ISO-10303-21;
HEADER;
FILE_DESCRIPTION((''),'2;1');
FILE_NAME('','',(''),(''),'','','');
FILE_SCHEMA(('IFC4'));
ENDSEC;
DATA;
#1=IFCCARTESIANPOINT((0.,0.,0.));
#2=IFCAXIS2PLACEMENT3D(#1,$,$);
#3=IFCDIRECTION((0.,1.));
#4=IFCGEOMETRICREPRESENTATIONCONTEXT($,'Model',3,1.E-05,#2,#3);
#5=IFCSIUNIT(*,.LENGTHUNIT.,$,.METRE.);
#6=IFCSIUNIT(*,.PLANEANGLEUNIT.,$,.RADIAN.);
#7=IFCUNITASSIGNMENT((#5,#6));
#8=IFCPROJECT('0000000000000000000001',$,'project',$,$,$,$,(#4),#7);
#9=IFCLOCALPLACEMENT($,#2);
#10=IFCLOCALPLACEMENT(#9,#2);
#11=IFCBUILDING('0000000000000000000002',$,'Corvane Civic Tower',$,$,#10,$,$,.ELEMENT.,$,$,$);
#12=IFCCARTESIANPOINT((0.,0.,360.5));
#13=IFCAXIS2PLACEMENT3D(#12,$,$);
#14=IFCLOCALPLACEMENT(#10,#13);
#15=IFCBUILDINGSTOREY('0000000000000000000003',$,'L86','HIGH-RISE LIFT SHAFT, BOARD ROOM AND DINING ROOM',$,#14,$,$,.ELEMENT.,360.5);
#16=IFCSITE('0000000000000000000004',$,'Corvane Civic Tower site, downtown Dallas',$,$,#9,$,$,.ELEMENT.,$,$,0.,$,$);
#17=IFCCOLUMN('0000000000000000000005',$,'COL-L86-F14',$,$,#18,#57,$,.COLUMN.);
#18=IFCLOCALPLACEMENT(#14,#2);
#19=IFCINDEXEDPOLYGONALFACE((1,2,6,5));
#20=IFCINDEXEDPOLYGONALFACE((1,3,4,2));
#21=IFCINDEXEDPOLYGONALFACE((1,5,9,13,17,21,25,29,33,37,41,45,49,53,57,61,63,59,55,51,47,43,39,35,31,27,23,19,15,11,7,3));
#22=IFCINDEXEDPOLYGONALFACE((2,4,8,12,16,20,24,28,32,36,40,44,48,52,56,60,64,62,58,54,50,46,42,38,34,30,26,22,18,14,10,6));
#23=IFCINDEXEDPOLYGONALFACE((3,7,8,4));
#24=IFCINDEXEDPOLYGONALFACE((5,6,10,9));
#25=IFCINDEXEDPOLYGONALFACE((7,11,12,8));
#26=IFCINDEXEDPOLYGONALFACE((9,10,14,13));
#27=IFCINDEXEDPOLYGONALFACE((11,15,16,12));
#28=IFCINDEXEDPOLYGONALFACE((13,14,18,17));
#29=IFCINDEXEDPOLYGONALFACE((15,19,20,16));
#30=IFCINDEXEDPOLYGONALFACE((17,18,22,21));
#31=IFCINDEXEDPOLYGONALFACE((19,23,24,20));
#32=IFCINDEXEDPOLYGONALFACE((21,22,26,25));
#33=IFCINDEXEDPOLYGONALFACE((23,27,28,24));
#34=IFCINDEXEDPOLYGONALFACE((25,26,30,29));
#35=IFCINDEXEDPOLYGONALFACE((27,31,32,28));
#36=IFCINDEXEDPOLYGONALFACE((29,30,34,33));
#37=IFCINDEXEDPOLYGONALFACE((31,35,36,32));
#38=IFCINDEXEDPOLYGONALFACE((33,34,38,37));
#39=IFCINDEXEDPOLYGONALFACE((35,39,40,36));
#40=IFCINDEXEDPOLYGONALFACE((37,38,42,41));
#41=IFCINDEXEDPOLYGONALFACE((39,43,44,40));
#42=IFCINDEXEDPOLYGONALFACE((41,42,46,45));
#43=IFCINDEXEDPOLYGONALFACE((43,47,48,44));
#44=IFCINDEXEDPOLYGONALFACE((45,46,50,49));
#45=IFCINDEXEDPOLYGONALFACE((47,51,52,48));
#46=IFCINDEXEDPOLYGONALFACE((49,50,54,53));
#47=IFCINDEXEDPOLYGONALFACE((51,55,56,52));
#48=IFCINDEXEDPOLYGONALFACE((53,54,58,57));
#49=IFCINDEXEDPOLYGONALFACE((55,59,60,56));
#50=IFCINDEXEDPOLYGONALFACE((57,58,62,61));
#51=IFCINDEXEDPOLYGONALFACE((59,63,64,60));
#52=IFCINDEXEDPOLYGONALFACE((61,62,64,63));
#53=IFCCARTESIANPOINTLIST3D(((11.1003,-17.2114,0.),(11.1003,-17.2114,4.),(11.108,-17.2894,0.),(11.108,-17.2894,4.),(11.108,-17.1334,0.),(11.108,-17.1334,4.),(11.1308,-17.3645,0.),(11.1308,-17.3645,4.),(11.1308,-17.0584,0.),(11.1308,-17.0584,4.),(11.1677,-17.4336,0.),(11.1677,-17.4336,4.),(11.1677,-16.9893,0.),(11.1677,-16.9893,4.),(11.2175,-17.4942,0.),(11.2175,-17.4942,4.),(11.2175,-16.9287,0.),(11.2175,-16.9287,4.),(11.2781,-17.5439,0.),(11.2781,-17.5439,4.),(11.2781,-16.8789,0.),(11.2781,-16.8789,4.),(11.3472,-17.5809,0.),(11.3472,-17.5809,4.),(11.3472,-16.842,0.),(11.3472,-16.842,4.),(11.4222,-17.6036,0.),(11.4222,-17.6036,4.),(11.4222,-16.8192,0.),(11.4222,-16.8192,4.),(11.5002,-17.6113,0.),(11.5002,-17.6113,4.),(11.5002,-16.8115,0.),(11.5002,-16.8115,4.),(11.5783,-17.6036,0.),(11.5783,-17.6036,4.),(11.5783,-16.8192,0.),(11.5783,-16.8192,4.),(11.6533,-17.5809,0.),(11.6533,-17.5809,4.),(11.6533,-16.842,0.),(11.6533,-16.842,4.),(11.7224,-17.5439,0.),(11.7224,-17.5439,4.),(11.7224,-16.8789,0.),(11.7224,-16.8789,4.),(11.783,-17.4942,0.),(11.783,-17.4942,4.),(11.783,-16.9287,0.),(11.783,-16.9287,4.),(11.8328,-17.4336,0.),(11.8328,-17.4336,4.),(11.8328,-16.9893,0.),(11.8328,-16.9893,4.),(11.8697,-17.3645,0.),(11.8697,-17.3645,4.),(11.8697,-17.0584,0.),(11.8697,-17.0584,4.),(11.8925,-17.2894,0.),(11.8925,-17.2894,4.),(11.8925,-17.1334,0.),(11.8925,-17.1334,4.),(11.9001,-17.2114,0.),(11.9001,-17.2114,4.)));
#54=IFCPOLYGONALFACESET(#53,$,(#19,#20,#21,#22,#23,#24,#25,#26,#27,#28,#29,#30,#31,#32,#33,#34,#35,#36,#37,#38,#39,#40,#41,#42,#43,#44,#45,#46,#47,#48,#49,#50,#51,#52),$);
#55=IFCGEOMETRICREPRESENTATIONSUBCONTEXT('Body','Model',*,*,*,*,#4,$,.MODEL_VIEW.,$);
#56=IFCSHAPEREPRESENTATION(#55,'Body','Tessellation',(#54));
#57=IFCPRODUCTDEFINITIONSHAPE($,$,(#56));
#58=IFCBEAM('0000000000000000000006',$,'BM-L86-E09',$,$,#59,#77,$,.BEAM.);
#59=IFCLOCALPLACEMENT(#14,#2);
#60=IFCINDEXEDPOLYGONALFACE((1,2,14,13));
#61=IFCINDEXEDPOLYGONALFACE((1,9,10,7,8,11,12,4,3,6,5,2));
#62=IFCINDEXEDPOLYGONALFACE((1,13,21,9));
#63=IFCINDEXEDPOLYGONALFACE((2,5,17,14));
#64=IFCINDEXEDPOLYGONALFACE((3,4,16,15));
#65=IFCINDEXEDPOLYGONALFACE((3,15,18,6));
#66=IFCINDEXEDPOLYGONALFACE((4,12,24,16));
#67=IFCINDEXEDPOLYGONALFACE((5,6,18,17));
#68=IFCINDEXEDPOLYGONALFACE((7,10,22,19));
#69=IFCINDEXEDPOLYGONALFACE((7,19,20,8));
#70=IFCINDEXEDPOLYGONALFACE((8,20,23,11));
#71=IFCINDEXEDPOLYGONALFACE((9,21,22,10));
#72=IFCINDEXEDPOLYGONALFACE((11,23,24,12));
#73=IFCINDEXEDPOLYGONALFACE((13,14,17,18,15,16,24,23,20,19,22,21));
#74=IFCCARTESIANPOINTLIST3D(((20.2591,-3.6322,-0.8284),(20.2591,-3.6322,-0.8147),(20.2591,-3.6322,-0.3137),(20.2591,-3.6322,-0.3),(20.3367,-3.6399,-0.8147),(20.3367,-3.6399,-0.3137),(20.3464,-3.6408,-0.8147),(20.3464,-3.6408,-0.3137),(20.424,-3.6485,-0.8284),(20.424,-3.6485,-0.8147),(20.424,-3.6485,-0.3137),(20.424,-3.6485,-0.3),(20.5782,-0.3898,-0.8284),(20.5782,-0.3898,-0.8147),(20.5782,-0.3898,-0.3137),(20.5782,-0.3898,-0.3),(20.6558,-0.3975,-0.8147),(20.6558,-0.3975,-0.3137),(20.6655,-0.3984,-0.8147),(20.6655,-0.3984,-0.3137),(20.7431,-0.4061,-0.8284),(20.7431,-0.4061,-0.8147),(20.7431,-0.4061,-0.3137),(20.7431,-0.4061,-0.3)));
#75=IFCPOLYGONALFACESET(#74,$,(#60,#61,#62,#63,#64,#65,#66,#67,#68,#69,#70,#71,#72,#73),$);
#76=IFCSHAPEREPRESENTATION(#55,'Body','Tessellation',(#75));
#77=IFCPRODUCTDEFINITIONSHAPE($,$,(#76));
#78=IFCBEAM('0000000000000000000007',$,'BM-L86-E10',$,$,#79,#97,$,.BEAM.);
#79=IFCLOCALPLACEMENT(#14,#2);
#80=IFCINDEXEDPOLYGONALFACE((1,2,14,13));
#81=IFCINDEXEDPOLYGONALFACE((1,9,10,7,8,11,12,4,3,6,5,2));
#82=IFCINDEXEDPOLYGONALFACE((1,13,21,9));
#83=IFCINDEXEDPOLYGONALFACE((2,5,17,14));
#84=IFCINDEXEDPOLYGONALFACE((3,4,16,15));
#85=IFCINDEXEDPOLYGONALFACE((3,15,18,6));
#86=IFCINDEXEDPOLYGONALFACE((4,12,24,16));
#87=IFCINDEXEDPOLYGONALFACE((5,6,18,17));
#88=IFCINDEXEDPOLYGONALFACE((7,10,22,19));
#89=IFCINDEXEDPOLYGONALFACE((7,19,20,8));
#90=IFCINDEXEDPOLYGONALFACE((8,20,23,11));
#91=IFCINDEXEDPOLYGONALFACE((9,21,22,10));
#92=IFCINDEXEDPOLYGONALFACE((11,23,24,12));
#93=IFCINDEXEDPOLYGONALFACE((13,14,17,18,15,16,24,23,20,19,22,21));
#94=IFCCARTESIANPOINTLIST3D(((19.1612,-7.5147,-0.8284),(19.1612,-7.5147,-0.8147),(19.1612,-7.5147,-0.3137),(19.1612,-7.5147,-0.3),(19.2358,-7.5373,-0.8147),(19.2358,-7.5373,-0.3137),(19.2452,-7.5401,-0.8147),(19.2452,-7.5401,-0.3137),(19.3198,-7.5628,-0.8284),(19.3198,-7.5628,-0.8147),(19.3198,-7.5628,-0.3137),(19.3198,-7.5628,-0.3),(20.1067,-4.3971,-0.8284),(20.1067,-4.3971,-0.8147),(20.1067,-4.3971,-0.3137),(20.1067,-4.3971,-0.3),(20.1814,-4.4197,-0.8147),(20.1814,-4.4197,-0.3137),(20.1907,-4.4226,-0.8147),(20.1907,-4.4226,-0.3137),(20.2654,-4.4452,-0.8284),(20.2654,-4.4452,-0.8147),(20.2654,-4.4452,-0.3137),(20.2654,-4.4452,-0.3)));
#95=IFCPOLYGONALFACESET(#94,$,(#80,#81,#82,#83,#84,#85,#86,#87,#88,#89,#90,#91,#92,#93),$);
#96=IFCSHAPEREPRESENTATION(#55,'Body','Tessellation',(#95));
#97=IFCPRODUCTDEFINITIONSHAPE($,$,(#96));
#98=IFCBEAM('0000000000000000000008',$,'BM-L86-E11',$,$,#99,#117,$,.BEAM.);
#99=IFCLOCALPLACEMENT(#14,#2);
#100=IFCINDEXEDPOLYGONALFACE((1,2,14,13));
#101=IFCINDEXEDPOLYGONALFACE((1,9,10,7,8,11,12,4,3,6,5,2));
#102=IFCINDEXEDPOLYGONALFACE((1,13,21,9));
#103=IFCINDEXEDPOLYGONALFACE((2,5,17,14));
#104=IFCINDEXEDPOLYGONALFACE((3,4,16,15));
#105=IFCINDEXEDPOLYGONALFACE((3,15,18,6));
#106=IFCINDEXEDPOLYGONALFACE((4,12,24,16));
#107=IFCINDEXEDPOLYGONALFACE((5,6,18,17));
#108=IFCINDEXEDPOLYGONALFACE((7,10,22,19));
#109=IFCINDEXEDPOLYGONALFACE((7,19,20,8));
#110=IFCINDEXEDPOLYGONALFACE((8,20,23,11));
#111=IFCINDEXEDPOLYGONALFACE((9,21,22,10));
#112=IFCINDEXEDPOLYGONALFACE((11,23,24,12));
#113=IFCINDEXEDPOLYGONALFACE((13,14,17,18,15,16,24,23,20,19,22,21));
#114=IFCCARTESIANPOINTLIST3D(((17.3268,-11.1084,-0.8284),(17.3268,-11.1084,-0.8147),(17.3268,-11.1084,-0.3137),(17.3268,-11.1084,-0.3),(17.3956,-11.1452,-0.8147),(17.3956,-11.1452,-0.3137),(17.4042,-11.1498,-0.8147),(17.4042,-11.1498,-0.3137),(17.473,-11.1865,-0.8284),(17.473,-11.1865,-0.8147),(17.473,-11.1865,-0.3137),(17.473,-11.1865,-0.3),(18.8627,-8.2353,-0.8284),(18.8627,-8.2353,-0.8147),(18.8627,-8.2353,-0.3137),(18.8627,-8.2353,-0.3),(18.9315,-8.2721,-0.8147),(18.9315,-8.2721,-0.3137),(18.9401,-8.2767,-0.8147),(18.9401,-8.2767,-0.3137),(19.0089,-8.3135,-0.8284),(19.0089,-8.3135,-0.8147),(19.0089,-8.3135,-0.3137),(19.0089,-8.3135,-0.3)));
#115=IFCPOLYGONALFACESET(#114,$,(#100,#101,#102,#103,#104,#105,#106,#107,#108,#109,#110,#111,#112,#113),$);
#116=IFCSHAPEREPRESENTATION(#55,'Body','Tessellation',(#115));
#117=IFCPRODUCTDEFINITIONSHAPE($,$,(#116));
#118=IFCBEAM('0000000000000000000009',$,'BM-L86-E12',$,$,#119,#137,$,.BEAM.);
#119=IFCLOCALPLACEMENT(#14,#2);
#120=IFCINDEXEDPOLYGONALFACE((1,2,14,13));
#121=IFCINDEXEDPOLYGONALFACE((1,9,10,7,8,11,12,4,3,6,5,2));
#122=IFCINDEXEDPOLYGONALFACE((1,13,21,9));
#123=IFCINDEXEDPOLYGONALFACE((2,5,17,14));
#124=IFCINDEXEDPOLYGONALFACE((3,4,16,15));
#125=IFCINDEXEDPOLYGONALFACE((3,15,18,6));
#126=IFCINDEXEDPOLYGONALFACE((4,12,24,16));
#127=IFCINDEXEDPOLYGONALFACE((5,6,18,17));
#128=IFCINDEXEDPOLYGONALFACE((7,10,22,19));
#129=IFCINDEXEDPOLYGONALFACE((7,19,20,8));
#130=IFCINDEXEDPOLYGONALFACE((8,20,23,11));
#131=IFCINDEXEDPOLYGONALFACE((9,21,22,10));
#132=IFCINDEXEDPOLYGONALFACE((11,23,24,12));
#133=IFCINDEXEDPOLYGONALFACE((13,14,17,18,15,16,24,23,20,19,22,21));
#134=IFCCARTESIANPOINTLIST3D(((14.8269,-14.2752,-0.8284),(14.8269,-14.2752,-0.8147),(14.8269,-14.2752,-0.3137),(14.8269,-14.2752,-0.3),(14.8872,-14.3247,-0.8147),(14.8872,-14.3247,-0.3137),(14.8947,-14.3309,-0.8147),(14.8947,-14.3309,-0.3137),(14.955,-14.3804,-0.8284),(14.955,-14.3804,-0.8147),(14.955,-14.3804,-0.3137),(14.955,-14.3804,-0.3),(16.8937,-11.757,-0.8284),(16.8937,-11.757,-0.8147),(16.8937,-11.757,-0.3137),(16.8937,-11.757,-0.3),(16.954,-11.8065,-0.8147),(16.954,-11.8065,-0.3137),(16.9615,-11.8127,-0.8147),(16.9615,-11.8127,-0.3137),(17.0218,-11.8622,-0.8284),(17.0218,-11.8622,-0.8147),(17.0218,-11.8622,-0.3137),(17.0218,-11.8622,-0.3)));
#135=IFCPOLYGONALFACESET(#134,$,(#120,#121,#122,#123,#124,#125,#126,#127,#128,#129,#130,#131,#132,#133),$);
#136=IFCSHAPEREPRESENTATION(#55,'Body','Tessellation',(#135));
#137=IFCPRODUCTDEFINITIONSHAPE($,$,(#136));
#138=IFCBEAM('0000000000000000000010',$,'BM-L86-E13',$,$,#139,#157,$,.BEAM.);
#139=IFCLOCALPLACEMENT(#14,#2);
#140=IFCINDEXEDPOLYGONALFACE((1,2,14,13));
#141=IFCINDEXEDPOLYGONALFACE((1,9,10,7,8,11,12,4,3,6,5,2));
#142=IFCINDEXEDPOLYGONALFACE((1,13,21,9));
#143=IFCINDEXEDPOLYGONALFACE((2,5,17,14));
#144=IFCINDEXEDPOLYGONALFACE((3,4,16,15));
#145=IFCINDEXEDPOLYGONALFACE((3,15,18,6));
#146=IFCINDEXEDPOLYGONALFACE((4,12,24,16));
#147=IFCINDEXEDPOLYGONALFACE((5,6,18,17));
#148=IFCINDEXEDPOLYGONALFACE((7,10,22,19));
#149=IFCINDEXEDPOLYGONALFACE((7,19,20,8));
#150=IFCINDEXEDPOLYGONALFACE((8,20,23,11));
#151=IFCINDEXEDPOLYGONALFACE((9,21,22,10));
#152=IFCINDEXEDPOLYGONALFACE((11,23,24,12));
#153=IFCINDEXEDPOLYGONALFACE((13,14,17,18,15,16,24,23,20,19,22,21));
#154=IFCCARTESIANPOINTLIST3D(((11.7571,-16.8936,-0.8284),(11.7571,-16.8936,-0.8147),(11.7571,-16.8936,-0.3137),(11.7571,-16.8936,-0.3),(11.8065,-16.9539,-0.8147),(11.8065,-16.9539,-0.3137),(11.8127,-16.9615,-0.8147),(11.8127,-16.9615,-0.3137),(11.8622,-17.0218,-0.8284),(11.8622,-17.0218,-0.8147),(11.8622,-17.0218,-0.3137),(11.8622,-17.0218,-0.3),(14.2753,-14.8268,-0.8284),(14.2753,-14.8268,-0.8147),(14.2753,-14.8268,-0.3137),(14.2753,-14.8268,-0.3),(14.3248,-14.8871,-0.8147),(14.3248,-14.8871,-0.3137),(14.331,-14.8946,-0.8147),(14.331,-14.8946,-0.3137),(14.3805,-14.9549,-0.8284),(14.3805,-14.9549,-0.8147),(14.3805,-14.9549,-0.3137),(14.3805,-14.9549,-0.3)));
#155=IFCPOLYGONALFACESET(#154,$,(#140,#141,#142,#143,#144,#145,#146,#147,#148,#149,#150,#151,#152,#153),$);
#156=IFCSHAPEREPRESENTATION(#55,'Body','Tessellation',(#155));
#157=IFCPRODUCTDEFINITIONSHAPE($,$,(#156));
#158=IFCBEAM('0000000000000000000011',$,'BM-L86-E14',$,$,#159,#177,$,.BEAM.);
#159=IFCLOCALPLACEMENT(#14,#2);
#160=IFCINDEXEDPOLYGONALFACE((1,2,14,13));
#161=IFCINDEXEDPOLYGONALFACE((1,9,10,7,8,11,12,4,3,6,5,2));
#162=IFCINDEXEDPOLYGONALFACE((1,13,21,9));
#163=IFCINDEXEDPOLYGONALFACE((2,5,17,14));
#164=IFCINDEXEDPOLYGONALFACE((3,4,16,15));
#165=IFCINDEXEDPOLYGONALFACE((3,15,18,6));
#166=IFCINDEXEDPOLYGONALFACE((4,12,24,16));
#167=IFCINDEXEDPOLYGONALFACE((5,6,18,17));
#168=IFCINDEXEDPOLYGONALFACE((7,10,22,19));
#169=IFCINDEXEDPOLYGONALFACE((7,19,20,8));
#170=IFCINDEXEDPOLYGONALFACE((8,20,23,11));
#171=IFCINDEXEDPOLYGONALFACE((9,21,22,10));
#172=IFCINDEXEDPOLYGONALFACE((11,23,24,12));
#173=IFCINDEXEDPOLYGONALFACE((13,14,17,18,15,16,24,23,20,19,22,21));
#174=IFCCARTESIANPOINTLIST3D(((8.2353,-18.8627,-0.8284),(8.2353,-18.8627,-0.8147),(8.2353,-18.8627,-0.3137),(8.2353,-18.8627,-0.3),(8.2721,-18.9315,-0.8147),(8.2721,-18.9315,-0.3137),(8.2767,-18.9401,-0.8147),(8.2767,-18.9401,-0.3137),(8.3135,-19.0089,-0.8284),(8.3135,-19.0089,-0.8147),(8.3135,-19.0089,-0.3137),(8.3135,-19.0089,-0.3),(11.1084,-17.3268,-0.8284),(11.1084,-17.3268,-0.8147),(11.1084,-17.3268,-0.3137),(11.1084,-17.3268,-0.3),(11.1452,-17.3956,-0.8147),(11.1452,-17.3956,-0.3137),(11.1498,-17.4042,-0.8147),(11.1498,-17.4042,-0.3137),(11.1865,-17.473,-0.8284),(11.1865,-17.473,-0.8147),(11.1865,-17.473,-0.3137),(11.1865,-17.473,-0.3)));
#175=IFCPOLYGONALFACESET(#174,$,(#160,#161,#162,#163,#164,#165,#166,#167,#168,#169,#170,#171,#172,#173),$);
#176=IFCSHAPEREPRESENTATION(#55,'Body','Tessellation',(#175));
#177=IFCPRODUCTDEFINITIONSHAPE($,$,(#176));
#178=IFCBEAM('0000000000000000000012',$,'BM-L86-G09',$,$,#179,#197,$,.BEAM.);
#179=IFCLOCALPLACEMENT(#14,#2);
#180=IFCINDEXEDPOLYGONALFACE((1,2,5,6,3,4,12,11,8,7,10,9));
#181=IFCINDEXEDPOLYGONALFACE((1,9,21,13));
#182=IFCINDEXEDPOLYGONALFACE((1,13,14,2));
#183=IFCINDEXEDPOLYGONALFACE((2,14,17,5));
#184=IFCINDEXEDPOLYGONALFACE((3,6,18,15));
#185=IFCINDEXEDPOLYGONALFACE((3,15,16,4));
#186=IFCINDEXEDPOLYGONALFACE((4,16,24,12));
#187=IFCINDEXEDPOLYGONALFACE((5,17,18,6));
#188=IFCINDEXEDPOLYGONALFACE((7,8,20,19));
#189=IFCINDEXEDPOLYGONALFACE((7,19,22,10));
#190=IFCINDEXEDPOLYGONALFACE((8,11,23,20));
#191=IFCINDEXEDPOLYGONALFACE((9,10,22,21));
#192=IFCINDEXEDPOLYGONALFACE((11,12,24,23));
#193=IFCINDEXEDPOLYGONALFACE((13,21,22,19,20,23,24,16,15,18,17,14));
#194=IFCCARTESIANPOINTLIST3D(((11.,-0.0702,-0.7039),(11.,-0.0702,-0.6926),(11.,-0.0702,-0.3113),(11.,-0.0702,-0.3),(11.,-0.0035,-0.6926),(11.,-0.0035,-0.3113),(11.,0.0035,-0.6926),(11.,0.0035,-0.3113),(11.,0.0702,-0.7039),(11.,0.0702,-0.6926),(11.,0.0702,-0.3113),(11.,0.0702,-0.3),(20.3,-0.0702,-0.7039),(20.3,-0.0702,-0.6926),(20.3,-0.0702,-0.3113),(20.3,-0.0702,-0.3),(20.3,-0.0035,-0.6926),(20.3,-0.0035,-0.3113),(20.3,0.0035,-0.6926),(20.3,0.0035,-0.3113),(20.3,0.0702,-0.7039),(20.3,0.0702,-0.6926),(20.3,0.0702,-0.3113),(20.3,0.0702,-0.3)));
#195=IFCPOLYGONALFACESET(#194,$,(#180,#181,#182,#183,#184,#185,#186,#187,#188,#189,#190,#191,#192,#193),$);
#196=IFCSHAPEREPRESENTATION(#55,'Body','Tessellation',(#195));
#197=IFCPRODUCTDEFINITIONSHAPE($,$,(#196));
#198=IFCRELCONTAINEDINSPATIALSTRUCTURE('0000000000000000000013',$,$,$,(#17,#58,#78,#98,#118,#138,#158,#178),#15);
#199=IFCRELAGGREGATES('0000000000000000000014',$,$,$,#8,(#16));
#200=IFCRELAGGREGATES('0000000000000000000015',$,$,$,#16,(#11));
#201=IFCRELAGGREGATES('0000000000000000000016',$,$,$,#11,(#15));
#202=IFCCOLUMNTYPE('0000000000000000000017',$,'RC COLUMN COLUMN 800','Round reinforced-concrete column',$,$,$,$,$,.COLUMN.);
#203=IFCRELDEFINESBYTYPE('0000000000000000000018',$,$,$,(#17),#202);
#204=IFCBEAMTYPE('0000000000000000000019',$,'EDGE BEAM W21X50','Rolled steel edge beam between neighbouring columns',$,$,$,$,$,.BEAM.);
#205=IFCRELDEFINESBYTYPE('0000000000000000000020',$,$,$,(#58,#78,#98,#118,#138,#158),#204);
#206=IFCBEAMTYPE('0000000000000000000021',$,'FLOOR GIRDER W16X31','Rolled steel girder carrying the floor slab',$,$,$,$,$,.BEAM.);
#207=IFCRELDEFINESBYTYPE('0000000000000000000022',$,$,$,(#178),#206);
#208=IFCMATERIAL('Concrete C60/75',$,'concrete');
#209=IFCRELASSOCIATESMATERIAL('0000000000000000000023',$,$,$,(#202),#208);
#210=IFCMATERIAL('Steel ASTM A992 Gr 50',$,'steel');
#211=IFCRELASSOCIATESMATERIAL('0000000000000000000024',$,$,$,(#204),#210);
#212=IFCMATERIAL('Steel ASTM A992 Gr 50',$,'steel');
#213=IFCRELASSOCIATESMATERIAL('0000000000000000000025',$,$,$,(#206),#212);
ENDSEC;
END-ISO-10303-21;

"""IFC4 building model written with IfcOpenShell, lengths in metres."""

from ifc_helpers import new_model, si_unit, direction, frame, origin, origin_2d, place, context, subcontext, project, spatial, circle, i_section, extrude, material, material_profile, profile_set, type_object, element, save


model = new_model("IFC4")

# Units and contexts
model_context = context("Model", 3, precision=1e-05, world=origin(), true_north=direction((0.0, 1.0)))
body_context = subcontext(model_context, "Body", "Model", "MODEL_VIEW")
ifc_project = project(units=[si_unit("LENGTHUNIT", "METRE"), si_unit("PLANEANGLEUNIT", "RADIAN")], contexts=[model_context])

# Site, building, storey
site_placement = place(None, origin())
site = spatial("IfcSite", under=ifc_project, at=site_placement, Name="Corvane Civic Tower site, downtown Dallas", CompositionType="ELEMENT", RefElevation=0.0)
building_placement = place(site_placement, origin())
building = spatial("IfcBuilding", under=site, at=building_placement, Name="Corvane Civic Tower", CompositionType="ELEMENT")
storey_placement = place(building_placement, frame((0.0, 0.0, 360.5)))
storey = spatial("IfcBuildingStorey", under=building, at=storey_placement, Name="L86", Description="HIGH-RISE LIFT SHAFT, BOARD ROOM AND DINING ROOM", CompositionType="ELEMENT", Elevation=360.5)

# Column
ifc_material_1 = material(Name="Concrete C60/75", Category="concrete")
ifc_material_profile_1 = material_profile(ifc_material_1, circle(Radius=0.3999, at=origin_2d()), Name="COLUMN 800")
ifc_profile_set_1 = profile_set([ifc_material_profile_1], Name="Concrete C60/75")
column_type = type_object("IfcColumnType", Name="RC COLUMN COLUMN 800", Description="Round reinforced-concrete column", PredefinedType="COLUMN", material=ifc_profile_set_1)
for number, where, z_axis, x_axis, name in (
    (1, (11.5002, -17.2114, 0.0), (0.0, 0.0, 1.0), (1.0, 0.0, 0.0), "COL-L86-F14"),
):
    element("IfcColumn", number, at=place(storey_placement, frame(where, z_axis=z_axis, x_axis=x_axis)), inside=storey, type_object=column_type, Name=name, PredefinedType="COLUMN", context=body_context, shape_type="SweptSolid", body=[
        extrude(circle(Radius=0.3999, at=origin_2d()), origin(), (0.0, 0.0, 1.0), 4.0),
    ])

# Beams
ifc_material_2 = material(Name="Steel ASTM A992 Gr 50", Category="steel")
ifc_material_profile_2 = material_profile(ifc_material_2, i_section(OverallWidth=0.1658, OverallDepth=0.5283, WebThickness=0.0098, FlangeThickness=0.0137, at=origin_2d()), Name="W21X50")
ifc_profile_set_2 = profile_set([ifc_material_profile_2], Name="Steel ASTM A992 Gr 50")
beam_type_1 = type_object("IfcBeamType", Name="EDGE BEAM W21X50", Description="Rolled steel edge beam between neighbouring columns", PredefinedType="BEAM", material=ifc_profile_set_2)
beam_1_placement = place(storey_placement, frame((20.6606, -0.3979, -0.5642), z_axis=(-0.097938, -0.995193, 0.0), x_axis=(0.995193, -0.097938, 0.0)))
element("IfcBeam", 2, at=beam_1_placement, inside=storey, type_object=beam_type_1, Name="BM-L86-E09", PredefinedType="BEAM", context=body_context, shape_type="SweptSolid", body=[
    extrude(i_section(OverallWidth=0.1658, OverallDepth=0.5283, WebThickness=0.0098, FlangeThickness=0.0137, at=origin_2d()), origin(), (0.0, 0.0, 1.0), 3.2581),
])
for number, where, z_axis, x_axis, name in (
    (3, (20.186, -4.4211, -0.5642), (-0.290234, -0.956956, 0.0), (0.956956, -0.290234, 0.0), "BM-L86-E10"),
    (4, (18.9358, -8.2744, -0.5642), (-0.471448, -0.881894, 0.0), (0.881894, -0.471448, 0.0), "BM-L86-E11"),
    (5, (16.9578, -11.8096, -0.5642), (-0.634425, -0.772985, 0.0), (0.772985, -0.634425, 0.0), "BM-L86-E12"),
    (6, (14.3279, -14.8909, -0.5642), (-0.772985, -0.634425, 0.0), (0.634425, -0.772985, 0.0), "BM-L86-E13"),
    (7, (11.1475, -17.3999, -0.5642), (-0.881894, -0.471448, 0.0), (0.471448, -0.881894, 0.0), "BM-L86-E14"),
):
    element("IfcBeam", number, at=place(storey_placement, frame(where, z_axis=z_axis, x_axis=x_axis)), inside=storey, type_object=beam_type_1, Name=name, PredefinedType="BEAM", context=body_context, shape_type="SweptSolid", body=[
        extrude(i_section(OverallWidth=0.1658, OverallDepth=0.5283, WebThickness=0.0098, FlangeThickness=0.0137, at=origin_2d()), origin(), (0.0, 0.0, 1.0), 3.2578),
    ])
ifc_material_3 = material(Name="Steel ASTM A992 Gr 50", Category="steel")
ifc_material_profile_3 = material_profile(ifc_material_3, i_section(OverallWidth=0.1404, OverallDepth=0.4038, WebThickness=0.0071, FlangeThickness=0.0112, at=origin_2d()), Name="W16X31")
ifc_profile_set_3 = profile_set([ifc_material_profile_3], Name="Steel ASTM A992 Gr 50")
beam_type_2 = type_object("IfcBeamType", Name="FLOOR GIRDER W16X31", Description="Rolled steel girder carrying the floor slab", PredefinedType="BEAM", material=ifc_profile_set_3)
beam_2_placement = place(storey_placement, frame((11.0, 0.0, -0.502), z_axis=(1.0, 0.0, 0.0), x_axis=(0.0, 1.0, 0.0)))
element("IfcBeam", 8, at=beam_2_placement, inside=storey, type_object=beam_type_2, Name="BM-L86-G09", PredefinedType="BEAM", context=body_context, shape_type="SweptSolid", body=[
    extrude(i_section(OverallWidth=0.1404, OverallDepth=0.4038, WebThickness=0.0071, FlangeThickness=0.0112, at=origin_2d()), origin(), (0.0, 0.0, 1.0), 9.3),
])

save(model, "model.ifc")
